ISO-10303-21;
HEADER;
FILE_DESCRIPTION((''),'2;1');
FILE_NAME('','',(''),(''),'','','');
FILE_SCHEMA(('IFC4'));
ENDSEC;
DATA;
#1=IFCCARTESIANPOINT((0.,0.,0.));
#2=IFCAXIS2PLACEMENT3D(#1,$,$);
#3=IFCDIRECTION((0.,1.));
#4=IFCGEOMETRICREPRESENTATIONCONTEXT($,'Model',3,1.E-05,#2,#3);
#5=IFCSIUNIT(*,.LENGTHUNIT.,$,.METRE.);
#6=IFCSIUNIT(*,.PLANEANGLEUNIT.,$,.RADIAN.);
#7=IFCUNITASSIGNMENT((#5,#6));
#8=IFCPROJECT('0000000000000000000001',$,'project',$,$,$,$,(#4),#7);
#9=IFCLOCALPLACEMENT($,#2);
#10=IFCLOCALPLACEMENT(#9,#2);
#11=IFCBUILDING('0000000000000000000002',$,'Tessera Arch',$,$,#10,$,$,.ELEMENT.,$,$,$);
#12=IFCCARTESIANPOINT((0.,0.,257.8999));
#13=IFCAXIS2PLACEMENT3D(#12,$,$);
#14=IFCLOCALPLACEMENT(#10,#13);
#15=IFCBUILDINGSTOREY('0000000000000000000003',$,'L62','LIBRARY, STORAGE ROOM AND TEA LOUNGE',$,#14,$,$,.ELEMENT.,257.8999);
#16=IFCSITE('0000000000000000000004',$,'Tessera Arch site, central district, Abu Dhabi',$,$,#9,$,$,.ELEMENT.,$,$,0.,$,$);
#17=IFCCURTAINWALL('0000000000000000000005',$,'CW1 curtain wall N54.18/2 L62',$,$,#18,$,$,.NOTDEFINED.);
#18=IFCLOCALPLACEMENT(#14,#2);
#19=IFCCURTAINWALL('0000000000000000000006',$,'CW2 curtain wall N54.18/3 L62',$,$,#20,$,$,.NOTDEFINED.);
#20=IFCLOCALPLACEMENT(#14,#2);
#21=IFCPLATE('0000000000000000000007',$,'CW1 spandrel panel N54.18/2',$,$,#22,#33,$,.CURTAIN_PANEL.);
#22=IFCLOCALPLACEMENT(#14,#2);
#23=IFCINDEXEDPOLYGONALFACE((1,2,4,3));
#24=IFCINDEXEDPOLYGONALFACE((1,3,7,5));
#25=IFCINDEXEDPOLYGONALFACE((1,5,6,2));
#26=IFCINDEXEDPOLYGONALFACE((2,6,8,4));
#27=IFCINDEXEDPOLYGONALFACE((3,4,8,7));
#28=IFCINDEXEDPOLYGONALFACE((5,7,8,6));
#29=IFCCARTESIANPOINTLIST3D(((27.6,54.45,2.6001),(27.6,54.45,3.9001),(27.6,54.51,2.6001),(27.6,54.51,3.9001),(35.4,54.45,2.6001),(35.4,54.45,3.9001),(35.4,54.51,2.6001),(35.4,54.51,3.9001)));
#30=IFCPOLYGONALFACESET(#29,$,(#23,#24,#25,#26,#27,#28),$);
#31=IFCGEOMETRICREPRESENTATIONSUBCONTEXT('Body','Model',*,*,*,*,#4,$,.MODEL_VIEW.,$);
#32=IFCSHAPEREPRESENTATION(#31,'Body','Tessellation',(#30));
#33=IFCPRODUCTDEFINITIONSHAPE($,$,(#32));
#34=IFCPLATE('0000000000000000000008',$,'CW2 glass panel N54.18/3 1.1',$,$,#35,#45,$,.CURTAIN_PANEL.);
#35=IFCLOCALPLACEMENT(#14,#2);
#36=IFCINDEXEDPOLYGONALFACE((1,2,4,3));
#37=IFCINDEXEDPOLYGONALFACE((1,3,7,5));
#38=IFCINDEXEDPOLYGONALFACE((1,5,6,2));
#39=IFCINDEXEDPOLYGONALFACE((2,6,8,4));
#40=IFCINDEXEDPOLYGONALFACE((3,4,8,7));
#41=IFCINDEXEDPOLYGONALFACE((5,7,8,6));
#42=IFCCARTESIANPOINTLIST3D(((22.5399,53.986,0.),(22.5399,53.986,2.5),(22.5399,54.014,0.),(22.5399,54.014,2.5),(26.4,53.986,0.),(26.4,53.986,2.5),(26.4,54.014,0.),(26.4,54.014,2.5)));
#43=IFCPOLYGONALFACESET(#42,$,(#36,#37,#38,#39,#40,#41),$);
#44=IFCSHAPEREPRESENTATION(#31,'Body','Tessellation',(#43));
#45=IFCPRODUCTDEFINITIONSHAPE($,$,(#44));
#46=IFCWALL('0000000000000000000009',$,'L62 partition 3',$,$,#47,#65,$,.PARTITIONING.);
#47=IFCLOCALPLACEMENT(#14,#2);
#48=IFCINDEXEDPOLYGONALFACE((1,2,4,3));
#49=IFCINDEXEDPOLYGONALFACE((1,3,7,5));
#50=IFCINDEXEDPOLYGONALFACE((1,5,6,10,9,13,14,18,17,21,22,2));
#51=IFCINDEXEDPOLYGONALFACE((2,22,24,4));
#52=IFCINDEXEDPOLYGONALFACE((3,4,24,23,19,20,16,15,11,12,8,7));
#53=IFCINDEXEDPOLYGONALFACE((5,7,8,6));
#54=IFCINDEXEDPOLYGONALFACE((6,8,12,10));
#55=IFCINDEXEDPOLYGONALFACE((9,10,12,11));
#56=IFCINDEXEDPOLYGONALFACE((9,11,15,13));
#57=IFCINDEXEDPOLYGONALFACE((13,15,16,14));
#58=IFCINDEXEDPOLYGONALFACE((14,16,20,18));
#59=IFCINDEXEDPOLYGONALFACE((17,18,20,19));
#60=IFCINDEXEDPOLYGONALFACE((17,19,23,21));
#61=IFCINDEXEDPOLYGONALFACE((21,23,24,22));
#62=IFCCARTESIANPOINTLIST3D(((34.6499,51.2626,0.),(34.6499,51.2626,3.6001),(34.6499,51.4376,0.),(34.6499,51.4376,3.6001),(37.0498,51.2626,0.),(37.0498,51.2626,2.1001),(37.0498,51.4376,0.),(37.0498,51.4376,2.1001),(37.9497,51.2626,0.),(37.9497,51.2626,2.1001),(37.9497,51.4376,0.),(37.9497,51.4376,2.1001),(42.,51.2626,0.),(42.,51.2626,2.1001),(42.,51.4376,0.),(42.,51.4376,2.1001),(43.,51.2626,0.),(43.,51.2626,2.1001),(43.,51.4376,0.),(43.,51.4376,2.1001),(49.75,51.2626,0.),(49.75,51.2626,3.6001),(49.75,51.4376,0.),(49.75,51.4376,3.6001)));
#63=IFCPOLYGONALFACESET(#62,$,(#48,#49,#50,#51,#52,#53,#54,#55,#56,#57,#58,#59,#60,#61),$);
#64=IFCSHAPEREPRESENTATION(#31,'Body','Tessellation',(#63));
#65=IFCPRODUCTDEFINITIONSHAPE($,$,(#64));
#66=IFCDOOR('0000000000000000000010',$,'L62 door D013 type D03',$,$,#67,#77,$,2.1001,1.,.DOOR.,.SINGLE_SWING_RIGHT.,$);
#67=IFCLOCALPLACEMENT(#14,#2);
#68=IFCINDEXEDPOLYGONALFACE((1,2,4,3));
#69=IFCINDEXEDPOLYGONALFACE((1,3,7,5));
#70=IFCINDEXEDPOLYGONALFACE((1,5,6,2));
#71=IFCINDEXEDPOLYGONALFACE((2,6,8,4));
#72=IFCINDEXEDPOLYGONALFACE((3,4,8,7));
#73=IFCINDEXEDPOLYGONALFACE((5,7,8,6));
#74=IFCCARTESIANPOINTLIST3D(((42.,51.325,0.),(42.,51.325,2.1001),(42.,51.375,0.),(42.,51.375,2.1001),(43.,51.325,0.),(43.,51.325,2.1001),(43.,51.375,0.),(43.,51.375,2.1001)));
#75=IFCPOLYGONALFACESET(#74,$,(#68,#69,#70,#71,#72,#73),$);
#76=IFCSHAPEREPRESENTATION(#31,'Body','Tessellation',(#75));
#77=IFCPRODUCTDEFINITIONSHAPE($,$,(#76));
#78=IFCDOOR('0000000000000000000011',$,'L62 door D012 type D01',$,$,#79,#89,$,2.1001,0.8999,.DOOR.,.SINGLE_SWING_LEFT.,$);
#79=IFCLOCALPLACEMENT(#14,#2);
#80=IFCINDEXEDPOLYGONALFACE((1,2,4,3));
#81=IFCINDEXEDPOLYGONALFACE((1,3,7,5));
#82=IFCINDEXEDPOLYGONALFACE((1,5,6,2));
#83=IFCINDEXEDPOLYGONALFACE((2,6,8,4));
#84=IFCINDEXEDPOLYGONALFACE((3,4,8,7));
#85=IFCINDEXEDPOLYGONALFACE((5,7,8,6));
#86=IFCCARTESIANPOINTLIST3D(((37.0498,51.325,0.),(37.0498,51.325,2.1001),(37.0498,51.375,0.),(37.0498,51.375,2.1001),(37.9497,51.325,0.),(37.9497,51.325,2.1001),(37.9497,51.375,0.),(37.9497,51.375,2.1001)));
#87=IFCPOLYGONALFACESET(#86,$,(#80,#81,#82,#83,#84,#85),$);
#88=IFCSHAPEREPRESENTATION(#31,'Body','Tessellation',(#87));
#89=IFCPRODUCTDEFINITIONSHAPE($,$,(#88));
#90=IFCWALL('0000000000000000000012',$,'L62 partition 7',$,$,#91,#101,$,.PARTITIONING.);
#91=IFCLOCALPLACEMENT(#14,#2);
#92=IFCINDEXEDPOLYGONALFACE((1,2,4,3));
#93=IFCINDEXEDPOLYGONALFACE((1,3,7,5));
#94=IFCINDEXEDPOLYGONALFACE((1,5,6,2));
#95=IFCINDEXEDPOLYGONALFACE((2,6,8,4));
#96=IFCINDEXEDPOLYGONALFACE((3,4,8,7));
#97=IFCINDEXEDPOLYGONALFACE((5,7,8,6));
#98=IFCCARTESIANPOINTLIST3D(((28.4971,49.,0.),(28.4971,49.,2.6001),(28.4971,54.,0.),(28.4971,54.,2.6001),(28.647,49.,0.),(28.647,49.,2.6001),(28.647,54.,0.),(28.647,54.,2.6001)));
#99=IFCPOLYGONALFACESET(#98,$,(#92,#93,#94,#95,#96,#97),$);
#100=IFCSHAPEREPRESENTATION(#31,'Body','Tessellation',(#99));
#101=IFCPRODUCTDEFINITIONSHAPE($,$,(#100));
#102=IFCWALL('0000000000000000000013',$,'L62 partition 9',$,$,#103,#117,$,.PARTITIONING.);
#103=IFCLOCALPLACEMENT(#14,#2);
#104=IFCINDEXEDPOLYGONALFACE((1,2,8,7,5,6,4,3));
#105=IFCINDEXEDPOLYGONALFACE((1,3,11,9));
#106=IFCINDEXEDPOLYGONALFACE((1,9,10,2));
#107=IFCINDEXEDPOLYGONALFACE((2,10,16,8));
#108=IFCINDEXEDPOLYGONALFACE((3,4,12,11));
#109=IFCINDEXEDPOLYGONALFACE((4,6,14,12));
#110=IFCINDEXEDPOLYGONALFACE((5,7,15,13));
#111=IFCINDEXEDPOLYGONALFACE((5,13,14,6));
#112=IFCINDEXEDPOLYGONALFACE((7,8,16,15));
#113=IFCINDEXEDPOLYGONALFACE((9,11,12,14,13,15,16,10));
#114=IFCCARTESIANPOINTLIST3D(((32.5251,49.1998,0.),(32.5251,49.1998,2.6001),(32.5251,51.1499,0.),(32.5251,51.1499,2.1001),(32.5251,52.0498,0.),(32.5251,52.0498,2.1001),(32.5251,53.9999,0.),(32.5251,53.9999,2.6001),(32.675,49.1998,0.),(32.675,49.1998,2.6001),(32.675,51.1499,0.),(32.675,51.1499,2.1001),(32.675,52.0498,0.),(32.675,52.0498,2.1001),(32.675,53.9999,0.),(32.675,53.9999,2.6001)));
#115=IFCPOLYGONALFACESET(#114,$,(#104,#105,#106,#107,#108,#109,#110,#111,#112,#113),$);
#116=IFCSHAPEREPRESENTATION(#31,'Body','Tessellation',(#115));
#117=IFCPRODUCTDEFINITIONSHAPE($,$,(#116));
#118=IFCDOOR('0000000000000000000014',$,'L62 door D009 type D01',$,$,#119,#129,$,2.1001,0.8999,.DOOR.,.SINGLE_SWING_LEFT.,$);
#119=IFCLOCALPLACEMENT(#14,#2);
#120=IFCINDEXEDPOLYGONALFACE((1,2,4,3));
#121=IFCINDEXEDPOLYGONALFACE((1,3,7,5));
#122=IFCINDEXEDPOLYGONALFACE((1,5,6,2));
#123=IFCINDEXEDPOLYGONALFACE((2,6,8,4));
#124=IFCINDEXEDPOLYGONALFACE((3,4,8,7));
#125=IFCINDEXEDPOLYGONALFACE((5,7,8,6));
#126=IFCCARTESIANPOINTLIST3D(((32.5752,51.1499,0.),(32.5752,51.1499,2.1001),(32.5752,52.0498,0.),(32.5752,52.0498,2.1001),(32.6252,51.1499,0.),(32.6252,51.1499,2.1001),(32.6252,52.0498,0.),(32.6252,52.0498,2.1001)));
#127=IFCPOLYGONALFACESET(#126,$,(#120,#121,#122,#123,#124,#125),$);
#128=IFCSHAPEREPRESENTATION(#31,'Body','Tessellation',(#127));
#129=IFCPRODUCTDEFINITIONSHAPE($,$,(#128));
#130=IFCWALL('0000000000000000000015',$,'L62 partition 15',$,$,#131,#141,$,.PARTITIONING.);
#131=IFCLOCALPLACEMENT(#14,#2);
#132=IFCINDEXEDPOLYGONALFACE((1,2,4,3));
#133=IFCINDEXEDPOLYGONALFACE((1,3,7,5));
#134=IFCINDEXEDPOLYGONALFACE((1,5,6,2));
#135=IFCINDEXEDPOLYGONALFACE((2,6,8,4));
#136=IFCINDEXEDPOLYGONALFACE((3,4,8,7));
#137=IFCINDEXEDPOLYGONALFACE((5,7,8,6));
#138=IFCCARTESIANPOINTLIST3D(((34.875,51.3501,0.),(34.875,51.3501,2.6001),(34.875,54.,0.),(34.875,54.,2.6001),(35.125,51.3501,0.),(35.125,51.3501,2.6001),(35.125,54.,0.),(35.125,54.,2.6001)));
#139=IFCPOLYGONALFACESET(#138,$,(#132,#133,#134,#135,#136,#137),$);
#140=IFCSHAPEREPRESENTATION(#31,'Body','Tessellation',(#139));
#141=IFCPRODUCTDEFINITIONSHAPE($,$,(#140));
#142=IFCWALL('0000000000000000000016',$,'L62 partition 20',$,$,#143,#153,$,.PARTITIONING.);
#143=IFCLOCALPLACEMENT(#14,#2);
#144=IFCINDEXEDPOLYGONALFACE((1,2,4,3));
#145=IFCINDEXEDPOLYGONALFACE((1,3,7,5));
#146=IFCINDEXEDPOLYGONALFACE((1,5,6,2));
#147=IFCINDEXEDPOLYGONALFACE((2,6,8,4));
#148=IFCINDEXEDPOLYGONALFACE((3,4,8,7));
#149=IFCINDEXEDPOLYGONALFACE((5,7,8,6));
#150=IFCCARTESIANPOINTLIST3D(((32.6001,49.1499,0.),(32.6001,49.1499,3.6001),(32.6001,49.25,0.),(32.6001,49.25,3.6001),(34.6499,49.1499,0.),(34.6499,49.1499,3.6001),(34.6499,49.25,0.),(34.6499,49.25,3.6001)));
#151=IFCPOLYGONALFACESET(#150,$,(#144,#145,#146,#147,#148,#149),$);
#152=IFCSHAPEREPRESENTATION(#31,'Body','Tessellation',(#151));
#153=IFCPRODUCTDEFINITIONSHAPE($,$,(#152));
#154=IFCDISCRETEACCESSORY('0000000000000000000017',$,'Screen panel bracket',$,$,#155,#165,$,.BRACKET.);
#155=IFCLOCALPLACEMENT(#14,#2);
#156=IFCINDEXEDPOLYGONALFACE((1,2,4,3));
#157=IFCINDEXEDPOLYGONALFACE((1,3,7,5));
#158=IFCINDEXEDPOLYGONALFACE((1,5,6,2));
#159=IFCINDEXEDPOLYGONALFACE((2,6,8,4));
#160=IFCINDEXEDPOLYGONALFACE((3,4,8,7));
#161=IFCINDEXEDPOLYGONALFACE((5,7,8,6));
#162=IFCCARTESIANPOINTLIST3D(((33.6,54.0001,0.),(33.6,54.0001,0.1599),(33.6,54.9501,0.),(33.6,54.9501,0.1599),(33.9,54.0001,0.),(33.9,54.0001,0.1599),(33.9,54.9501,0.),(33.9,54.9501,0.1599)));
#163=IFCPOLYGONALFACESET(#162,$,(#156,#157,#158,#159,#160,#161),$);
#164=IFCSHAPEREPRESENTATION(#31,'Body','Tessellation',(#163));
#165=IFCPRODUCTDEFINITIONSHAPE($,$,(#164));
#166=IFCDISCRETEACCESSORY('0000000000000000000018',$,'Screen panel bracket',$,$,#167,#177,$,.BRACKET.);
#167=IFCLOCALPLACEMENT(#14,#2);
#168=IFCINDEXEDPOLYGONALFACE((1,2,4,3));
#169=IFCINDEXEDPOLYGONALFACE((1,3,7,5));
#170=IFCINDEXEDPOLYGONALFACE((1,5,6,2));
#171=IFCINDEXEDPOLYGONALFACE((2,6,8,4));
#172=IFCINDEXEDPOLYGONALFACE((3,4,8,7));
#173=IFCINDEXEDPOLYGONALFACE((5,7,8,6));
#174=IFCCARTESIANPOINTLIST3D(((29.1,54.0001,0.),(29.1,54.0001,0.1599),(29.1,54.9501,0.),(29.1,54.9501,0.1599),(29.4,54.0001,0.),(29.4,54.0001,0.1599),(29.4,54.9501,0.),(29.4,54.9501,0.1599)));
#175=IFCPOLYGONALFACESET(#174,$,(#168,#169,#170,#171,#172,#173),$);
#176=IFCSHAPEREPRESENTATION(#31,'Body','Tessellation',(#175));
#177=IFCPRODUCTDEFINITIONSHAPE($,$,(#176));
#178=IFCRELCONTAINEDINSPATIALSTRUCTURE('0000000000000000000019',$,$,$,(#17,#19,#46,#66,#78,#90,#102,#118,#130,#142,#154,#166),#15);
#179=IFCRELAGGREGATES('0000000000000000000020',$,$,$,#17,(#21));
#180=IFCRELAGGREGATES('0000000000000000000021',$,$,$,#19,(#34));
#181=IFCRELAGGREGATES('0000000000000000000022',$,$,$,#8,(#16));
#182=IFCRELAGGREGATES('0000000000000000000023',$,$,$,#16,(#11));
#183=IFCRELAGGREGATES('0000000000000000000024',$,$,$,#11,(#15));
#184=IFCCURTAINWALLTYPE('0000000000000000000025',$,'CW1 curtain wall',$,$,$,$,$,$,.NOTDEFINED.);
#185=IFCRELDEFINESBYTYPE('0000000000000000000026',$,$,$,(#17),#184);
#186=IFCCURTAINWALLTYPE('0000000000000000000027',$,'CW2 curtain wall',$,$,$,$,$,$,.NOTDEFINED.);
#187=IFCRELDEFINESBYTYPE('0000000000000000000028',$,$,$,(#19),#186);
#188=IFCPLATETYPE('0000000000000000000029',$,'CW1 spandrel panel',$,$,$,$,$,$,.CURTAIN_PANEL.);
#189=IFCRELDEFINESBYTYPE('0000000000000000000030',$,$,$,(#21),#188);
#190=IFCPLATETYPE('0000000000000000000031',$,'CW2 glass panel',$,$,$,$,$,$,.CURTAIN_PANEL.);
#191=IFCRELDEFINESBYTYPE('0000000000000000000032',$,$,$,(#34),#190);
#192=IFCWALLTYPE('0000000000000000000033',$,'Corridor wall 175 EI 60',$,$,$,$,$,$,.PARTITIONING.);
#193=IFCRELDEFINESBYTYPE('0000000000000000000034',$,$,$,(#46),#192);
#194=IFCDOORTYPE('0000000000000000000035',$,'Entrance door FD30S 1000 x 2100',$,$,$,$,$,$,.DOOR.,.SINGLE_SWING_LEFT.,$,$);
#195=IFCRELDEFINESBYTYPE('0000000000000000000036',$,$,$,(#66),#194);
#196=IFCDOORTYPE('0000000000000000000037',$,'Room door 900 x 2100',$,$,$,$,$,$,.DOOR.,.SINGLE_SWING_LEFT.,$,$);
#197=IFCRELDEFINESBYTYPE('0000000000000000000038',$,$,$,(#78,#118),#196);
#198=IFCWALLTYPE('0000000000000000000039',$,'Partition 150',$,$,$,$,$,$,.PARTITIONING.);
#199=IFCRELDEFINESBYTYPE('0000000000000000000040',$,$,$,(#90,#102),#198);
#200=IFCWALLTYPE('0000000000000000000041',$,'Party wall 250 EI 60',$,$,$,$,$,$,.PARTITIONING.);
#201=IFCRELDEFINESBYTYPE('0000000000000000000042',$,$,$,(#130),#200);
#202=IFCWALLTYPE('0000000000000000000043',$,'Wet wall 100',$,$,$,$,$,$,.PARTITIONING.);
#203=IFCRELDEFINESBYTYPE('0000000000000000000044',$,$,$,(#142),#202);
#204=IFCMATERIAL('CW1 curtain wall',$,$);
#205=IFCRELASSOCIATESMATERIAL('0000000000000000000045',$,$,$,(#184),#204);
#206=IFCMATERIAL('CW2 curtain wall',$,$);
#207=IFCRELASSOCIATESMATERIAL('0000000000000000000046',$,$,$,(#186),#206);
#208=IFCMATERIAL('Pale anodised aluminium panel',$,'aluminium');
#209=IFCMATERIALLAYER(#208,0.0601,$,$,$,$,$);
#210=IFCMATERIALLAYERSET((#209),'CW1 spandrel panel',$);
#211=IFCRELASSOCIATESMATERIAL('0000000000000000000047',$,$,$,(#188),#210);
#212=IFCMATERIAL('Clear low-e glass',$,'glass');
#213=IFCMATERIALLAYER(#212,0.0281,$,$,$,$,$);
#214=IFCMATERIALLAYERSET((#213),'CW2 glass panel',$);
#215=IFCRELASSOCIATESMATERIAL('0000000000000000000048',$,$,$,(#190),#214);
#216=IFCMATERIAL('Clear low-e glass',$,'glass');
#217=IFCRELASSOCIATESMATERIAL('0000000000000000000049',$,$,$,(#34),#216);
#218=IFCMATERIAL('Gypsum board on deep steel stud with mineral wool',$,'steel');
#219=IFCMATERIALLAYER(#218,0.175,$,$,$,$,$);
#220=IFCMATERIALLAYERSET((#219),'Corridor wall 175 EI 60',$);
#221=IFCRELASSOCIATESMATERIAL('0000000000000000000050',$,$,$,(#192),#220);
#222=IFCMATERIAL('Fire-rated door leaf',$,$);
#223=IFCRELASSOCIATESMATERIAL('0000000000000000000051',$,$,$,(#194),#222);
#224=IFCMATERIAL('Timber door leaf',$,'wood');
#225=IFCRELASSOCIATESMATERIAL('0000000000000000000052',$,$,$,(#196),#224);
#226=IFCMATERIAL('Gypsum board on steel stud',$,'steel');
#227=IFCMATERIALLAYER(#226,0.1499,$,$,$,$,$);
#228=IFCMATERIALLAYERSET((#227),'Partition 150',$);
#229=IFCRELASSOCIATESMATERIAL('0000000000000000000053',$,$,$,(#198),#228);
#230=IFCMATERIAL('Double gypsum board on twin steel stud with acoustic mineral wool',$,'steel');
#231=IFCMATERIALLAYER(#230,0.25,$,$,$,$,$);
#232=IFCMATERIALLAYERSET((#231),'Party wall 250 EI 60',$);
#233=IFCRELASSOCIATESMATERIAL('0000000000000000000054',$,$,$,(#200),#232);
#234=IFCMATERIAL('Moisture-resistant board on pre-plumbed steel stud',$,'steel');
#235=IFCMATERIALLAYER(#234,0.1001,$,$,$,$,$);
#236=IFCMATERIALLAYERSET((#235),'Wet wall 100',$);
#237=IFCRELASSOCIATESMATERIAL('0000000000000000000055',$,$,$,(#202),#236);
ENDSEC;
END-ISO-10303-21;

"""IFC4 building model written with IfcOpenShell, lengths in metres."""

from ifc_helpers import new_model, si_unit, direction, frame, frame_2d, origin, origin_2d, place, context, subcontext, project, spatial, rectangle, extrude, material, layer, layer_set, type_object, element, fill, aggregate, save


model = new_model("IFC4")

# Units and contexts
model_context = context("Model", 3, precision=1e-05, world=origin(), true_north=direction((0.0, 1.0)))
body_context = subcontext(model_context, "Body", "Model", "MODEL_VIEW")
ifc_project = project(units=[si_unit("LENGTHUNIT", "METRE"), si_unit("PLANEANGLEUNIT", "RADIAN")], contexts=[model_context])

# Site, building, storey
site_placement = place(None, origin())
site = spatial("IfcSite", under=ifc_project, at=site_placement, Name="Tessera Arch site, central district, Abu Dhabi", CompositionType="ELEMENT", RefElevation=0.0)
building_placement = place(site_placement, origin())
building = spatial("IfcBuilding", under=site, at=building_placement, Name="Tessera Arch", CompositionType="ELEMENT")
storey_placement = place(building_placement, frame((0.0, 0.0, 257.8999)))
storey = spatial("IfcBuildingStorey", under=building, at=storey_placement, Name="L62", Description="LIBRARY, STORAGE ROOM AND TEA LOUNGE", CompositionType="ELEMENT", Elevation=257.8999)

# Curtain wall
ifc_material_1 = material(Name="CW1 curtain wall")
curtain_wall_type_1 = type_object("IfcCurtainWallType", Name="CW1 curtain wall", PredefinedType="NOTDEFINED", material=ifc_material_1)
curtain_wall_1_placement = place(storey_placement, origin())
curtain_wall_1 = element("IfcCurtainWall", 1, at=curtain_wall_1_placement, inside=storey, type_object=curtain_wall_type_1, Name="CW1 curtain wall N54.18/2 L62", PredefinedType="NOTDEFINED")

# Curtain wall
ifc_material_2 = material(Name="CW2 curtain wall")
curtain_wall_type_2 = type_object("IfcCurtainWallType", Name="CW2 curtain wall", PredefinedType="NOTDEFINED", material=ifc_material_2)
curtain_wall_2_placement = place(storey_placement, origin())
curtain_wall_2 = element("IfcCurtainWall", 2, at=curtain_wall_2_placement, inside=storey, type_object=curtain_wall_type_2, Name="CW2 curtain wall N54.18/3 L62", PredefinedType="NOTDEFINED")

# Plates
ifc_material_3 = material(Name="Clear low-e glass", Category="glass")
ifc_material_4 = material(Name="Pale anodised aluminium panel", Category="aluminium")
ifc_layer_1 = layer(ifc_material_4, 0.0601)
ifc_layer_set_1 = layer_set([ifc_layer_1], Name="CW1 spandrel panel")
plate_type_1 = type_object("IfcPlateType", Name="CW1 spandrel panel", PredefinedType="CURTAIN_PANEL", material=ifc_layer_set_1)
plate_1_placement = place(storey_placement, frame((31.5, 54.48, 2.6001), z_axis=(0.0, 0.0, 1.0), x_axis=(-1.0, 0.0, 0.0)))
plate_1 = element("IfcPlate", 3, at=plate_1_placement, type_object=plate_type_1, Name="CW1 spandrel panel N54.18/2", PredefinedType="CURTAIN_PANEL", context=body_context, shape_type="SweptSolid", body=[
    extrude(rectangle(XDim=7.8, YDim=0.0601, at=origin_2d()), origin(), (0.0, 0.0, 1.0), 1.3),
])
aggregate(curtain_wall_1, [plate_1])
ifc_material_5 = material(Name="Clear low-e glass", Category="glass")
ifc_layer_2 = layer(ifc_material_5, 0.0281)
ifc_layer_set_2 = layer_set([ifc_layer_2], Name="CW2 glass panel")
plate_type_2 = type_object("IfcPlateType", Name="CW2 glass panel", PredefinedType="CURTAIN_PANEL", material=ifc_layer_set_2)
plate_2_placement = place(storey_placement, frame((24.47, 54.0, 0.0), z_axis=(0.0, 0.0, 1.0), x_axis=(-1.0, 0.0, 0.0)))
plate_2 = element("IfcPlate", 4, at=plate_2_placement, type_object=plate_type_2, material=ifc_material_3, Name="CW2 glass panel N54.18/3 1.1", PredefinedType="CURTAIN_PANEL", context=body_context, shape_type="SweptSolid", body=[
    extrude(rectangle(XDim=3.8601, YDim=0.0281, at=origin_2d()), origin(), (0.0, 0.0, 1.0), 2.5),
])
aggregate(curtain_wall_2, [plate_2])

# Wall, openings, doors
ifc_material_6 = material(Name="Gypsum board on deep steel stud with mineral wool", Category="steel")
ifc_layer_3 = layer(ifc_material_6, 0.175)
ifc_layer_set_3 = layer_set([ifc_layer_3], Name="Corridor wall 175 EI 60")
wall_type_1 = type_object("IfcWallType", Name="Corridor wall 175 EI 60", PredefinedType="PARTITIONING", material=ifc_layer_set_3)
wall_1_placement = place(storey_placement, frame((34.6499, 51.3501, 0.0), z_axis=(0.0, 0.0, 1.0), x_axis=(1.0, 0.0, 0.0)))
wall_1 = element("IfcWall", 5, at=wall_1_placement, inside=storey, type_object=wall_type_1, Name="L62 partition 3", PredefinedType="PARTITIONING", context=body_context, shape_type="SweptSolid", body=[
    extrude(rectangle(XDim=15.1001, YDim=0.175, at=frame_2d((7.55, 0.0))), origin(), (0.0, 0.0, 1.0), 3.6001),
])
opening_1_placement = place(wall_1_placement, frame((2.3999, 0.0, 0.0)))
opening_1 = element("IfcOpeningElement", 6, at=opening_1_placement, cuts=wall_1, PredefinedType="OPENING", context=body_context, shape_type="SweptSolid", body=[
    extrude(rectangle(XDim=0.8999, YDim=2.1001, at=frame_2d((0.45, 1.05))), frame((0.0, 0.0974, 0.0), z_axis=(0.0, -1.0, 0.0), x_axis=(1.0, 0.0, 0.0)), (0.0, 0.0, 1.0), 0.1951),
])
opening_2_placement = place(wall_1_placement, frame((7.3501, 0.0, 0.0)))
opening_2 = element("IfcOpeningElement", 7, at=opening_2_placement, cuts=wall_1, PredefinedType="OPENING", context=body_context, shape_type="SweptSolid", body=[
    extrude(rectangle(XDim=1.0, YDim=2.1001, at=frame_2d((0.5, 1.05))), frame((0.0, 0.0974, 0.0), z_axis=(0.0, -1.0, 0.0), x_axis=(1.0, 0.0, 0.0)), (0.0, 0.0, 1.0), 0.1951),
])
ifc_material_7 = material(Name="Fire-rated door leaf")
door_type_1 = type_object("IfcDoorType", Name="Entrance door FD30S 1000 x 2100", OperationType="SINGLE_SWING_LEFT", PredefinedType="DOOR", material=ifc_material_7)
door_1_placement = place(opening_2_placement, origin())
door_1 = element("IfcDoor", 8, at=door_1_placement, inside=storey, type_object=door_type_1, Name="L62 door D013 type D03", OperationType="SINGLE_SWING_RIGHT", OverallHeight=2.1001, OverallWidth=1.0, PredefinedType="DOOR", context=body_context, shape_type="SweptSolid", body=[
    extrude(rectangle(XDim=1.0, YDim=2.1001, at=frame_2d((0.5, 1.05))), frame((0.0, 0.0249, 0.0), z_axis=(0.0, -1.0, 0.0), x_axis=(1.0, 0.0, 0.0)), (0.0, 0.0, 1.0), 0.05),
])
fill(opening_2, door_1)
ifc_material_8 = material(Name="Timber door leaf", Category="wood")
door_type_2 = type_object("IfcDoorType", Name="Room door 900 x 2100", OperationType="SINGLE_SWING_LEFT", PredefinedType="DOOR", material=ifc_material_8)
door_2_placement = place(opening_1_placement, origin())
door_2 = element("IfcDoor", 9, at=door_2_placement, inside=storey, type_object=door_type_2, Name="L62 door D012 type D01", OperationType="SINGLE_SWING_LEFT", OverallHeight=2.1001, OverallWidth=0.8999, PredefinedType="DOOR", context=body_context, shape_type="SweptSolid", body=[
    extrude(rectangle(XDim=0.8999, YDim=2.1001, at=frame_2d((0.45, 1.05))), frame((0.0, 0.0249, 0.0), z_axis=(0.0, -1.0, 0.0), x_axis=(1.0, 0.0, 0.0)), (0.0, 0.0, 1.0), 0.05),
])
fill(opening_1, door_2)

# Wall
ifc_material_9 = material(Name="Gypsum board on steel stud", Category="steel")
ifc_layer_4 = layer(ifc_material_9, 0.1499)
ifc_layer_set_4 = layer_set([ifc_layer_4], Name="Partition 150")
wall_type_2 = type_object("IfcWallType", Name="Partition 150", PredefinedType="PARTITIONING", material=ifc_layer_set_4)
wall_2_placement = place(storey_placement, frame((28.572, 49.0, 0.0), z_axis=(0.0, 0.0, 1.0), x_axis=(0.0, 1.0, 0.0)))
element("IfcWall", 10, at=wall_2_placement, inside=storey, type_object=wall_type_2, Name="L62 partition 7", PredefinedType="PARTITIONING", context=body_context, shape_type="SweptSolid", body=[
    extrude(rectangle(XDim=5.0, YDim=0.1499, at=frame_2d((2.5, 0.0))), origin(), (0.0, 0.0, 1.0), 2.6001),
])

# Wall, opening, door
wall_3_placement = place(storey_placement, frame((32.6001, 49.2, 0.0), z_axis=(0.0, 0.0, 1.0), x_axis=(0.0, 1.0, 0.0)))
wall_3 = element("IfcWall", 11, at=wall_3_placement, inside=storey, type_object=wall_type_2, Name="L62 partition 9", PredefinedType="PARTITIONING", context=body_context, shape_type="SweptSolid", body=[
    extrude(rectangle(XDim=4.8, YDim=0.1499, at=frame_2d((2.3999, 0.0))), origin(), (0.0, 0.0, 1.0), 2.6001),
])
opening_3_placement = place(wall_3_placement, frame((1.95, 0.0, 0.0)))
opening_3 = element("IfcOpeningElement", 12, at=opening_3_placement, cuts=wall_3, PredefinedType="OPENING", context=body_context, shape_type="SweptSolid", body=[
    extrude(rectangle(XDim=0.8999, YDim=2.1001, at=frame_2d((0.45, 1.05))), frame((0.0, 0.085, 0.0), z_axis=(0.0, -1.0, 0.0), x_axis=(1.0, 0.0, 0.0)), (0.0, 0.0, 1.0), 0.1699),
])
door_3_placement = place(opening_3_placement, origin())
door_3 = element("IfcDoor", 13, at=door_3_placement, inside=storey, type_object=door_type_2, Name="L62 door D009 type D01", OperationType="SINGLE_SWING_LEFT", OverallHeight=2.1001, OverallWidth=0.8999, PredefinedType="DOOR", context=body_context, shape_type="SweptSolid", body=[
    extrude(rectangle(XDim=0.8999, YDim=2.1001, at=frame_2d((0.45, 1.05))), frame((0.0, 0.0249, 0.0), z_axis=(0.0, -1.0, 0.0), x_axis=(1.0, 0.0, 0.0)), (0.0, 0.0, 1.0), 0.05),
])
fill(opening_3, door_3)

# Walls
ifc_material_10 = material(Name="Double gypsum board on twin steel stud with acoustic mineral wool", Category="steel")
ifc_layer_5 = layer(ifc_material_10, 0.25)
ifc_layer_set_5 = layer_set([ifc_layer_5], Name="Party wall 250 EI 60")
wall_type_3 = type_object("IfcWallType", Name="Party wall 250 EI 60", PredefinedType="PARTITIONING", material=ifc_layer_set_5)
wall_4_placement = place(storey_placement, frame((35.0, 51.3501, 0.0), z_axis=(0.0, 0.0, 1.0), x_axis=(0.0, 1.0, 0.0)))
element("IfcWall", 14, at=wall_4_placement, inside=storey, type_object=wall_type_3, Name="L62 partition 15", PredefinedType="PARTITIONING", context=body_context, shape_type="SweptSolid", body=[
    extrude(rectangle(XDim=2.6499, YDim=0.25, at=frame_2d((1.325, 0.0))), origin(), (0.0, 0.0, 1.0), 2.6001),
])
ifc_material_11 = material(Name="Moisture-resistant board on pre-plumbed steel stud", Category="steel")
ifc_layer_6 = layer(ifc_material_11, 0.1001)
ifc_layer_set_6 = layer_set([ifc_layer_6], Name="Wet wall 100")
wall_type_4 = type_object("IfcWallType", Name="Wet wall 100", PredefinedType="PARTITIONING", material=ifc_layer_set_6)
wall_5_placement = place(storey_placement, frame((32.6001, 49.2, 0.0), z_axis=(0.0, 0.0, 1.0), x_axis=(1.0, 0.0, 0.0)))
element("IfcWall", 15, at=wall_5_placement, inside=storey, type_object=wall_type_4, Name="L62 partition 20", PredefinedType="PARTITIONING", context=body_context, shape_type="SweptSolid", body=[
    extrude(rectangle(XDim=2.0498, YDim=0.1001, at=frame_2d((1.0249, 0.0))), origin(), (0.0, 0.0, 1.0), 3.6001),
])

# Discrete accessories
for number, where, z_axis, x_axis, name in (
    (16, (33.75, 54.4751, 0.0), (0.0, 0.0, 1.0), (0.0, 1.0, 0.0), "Screen panel bracket"),
    (17, (29.25, 54.4751, 0.0), (0.0, 0.0, 1.0), (0.0, 1.0, 0.0), "Screen panel bracket"),
):
    element("IfcDiscreteAccessory", number, at=place(storey_placement, frame(where, z_axis=z_axis, x_axis=x_axis)), inside=storey, Name=name, PredefinedType="BRACKET", context=body_context, shape_type="SweptSolid", body=[
        extrude(rectangle(XDim=0.95, YDim=0.3, at=origin_2d()), origin(), (0.0, 0.0, 1.0), 0.1599),
    ])

save(model, "model.ifc")
